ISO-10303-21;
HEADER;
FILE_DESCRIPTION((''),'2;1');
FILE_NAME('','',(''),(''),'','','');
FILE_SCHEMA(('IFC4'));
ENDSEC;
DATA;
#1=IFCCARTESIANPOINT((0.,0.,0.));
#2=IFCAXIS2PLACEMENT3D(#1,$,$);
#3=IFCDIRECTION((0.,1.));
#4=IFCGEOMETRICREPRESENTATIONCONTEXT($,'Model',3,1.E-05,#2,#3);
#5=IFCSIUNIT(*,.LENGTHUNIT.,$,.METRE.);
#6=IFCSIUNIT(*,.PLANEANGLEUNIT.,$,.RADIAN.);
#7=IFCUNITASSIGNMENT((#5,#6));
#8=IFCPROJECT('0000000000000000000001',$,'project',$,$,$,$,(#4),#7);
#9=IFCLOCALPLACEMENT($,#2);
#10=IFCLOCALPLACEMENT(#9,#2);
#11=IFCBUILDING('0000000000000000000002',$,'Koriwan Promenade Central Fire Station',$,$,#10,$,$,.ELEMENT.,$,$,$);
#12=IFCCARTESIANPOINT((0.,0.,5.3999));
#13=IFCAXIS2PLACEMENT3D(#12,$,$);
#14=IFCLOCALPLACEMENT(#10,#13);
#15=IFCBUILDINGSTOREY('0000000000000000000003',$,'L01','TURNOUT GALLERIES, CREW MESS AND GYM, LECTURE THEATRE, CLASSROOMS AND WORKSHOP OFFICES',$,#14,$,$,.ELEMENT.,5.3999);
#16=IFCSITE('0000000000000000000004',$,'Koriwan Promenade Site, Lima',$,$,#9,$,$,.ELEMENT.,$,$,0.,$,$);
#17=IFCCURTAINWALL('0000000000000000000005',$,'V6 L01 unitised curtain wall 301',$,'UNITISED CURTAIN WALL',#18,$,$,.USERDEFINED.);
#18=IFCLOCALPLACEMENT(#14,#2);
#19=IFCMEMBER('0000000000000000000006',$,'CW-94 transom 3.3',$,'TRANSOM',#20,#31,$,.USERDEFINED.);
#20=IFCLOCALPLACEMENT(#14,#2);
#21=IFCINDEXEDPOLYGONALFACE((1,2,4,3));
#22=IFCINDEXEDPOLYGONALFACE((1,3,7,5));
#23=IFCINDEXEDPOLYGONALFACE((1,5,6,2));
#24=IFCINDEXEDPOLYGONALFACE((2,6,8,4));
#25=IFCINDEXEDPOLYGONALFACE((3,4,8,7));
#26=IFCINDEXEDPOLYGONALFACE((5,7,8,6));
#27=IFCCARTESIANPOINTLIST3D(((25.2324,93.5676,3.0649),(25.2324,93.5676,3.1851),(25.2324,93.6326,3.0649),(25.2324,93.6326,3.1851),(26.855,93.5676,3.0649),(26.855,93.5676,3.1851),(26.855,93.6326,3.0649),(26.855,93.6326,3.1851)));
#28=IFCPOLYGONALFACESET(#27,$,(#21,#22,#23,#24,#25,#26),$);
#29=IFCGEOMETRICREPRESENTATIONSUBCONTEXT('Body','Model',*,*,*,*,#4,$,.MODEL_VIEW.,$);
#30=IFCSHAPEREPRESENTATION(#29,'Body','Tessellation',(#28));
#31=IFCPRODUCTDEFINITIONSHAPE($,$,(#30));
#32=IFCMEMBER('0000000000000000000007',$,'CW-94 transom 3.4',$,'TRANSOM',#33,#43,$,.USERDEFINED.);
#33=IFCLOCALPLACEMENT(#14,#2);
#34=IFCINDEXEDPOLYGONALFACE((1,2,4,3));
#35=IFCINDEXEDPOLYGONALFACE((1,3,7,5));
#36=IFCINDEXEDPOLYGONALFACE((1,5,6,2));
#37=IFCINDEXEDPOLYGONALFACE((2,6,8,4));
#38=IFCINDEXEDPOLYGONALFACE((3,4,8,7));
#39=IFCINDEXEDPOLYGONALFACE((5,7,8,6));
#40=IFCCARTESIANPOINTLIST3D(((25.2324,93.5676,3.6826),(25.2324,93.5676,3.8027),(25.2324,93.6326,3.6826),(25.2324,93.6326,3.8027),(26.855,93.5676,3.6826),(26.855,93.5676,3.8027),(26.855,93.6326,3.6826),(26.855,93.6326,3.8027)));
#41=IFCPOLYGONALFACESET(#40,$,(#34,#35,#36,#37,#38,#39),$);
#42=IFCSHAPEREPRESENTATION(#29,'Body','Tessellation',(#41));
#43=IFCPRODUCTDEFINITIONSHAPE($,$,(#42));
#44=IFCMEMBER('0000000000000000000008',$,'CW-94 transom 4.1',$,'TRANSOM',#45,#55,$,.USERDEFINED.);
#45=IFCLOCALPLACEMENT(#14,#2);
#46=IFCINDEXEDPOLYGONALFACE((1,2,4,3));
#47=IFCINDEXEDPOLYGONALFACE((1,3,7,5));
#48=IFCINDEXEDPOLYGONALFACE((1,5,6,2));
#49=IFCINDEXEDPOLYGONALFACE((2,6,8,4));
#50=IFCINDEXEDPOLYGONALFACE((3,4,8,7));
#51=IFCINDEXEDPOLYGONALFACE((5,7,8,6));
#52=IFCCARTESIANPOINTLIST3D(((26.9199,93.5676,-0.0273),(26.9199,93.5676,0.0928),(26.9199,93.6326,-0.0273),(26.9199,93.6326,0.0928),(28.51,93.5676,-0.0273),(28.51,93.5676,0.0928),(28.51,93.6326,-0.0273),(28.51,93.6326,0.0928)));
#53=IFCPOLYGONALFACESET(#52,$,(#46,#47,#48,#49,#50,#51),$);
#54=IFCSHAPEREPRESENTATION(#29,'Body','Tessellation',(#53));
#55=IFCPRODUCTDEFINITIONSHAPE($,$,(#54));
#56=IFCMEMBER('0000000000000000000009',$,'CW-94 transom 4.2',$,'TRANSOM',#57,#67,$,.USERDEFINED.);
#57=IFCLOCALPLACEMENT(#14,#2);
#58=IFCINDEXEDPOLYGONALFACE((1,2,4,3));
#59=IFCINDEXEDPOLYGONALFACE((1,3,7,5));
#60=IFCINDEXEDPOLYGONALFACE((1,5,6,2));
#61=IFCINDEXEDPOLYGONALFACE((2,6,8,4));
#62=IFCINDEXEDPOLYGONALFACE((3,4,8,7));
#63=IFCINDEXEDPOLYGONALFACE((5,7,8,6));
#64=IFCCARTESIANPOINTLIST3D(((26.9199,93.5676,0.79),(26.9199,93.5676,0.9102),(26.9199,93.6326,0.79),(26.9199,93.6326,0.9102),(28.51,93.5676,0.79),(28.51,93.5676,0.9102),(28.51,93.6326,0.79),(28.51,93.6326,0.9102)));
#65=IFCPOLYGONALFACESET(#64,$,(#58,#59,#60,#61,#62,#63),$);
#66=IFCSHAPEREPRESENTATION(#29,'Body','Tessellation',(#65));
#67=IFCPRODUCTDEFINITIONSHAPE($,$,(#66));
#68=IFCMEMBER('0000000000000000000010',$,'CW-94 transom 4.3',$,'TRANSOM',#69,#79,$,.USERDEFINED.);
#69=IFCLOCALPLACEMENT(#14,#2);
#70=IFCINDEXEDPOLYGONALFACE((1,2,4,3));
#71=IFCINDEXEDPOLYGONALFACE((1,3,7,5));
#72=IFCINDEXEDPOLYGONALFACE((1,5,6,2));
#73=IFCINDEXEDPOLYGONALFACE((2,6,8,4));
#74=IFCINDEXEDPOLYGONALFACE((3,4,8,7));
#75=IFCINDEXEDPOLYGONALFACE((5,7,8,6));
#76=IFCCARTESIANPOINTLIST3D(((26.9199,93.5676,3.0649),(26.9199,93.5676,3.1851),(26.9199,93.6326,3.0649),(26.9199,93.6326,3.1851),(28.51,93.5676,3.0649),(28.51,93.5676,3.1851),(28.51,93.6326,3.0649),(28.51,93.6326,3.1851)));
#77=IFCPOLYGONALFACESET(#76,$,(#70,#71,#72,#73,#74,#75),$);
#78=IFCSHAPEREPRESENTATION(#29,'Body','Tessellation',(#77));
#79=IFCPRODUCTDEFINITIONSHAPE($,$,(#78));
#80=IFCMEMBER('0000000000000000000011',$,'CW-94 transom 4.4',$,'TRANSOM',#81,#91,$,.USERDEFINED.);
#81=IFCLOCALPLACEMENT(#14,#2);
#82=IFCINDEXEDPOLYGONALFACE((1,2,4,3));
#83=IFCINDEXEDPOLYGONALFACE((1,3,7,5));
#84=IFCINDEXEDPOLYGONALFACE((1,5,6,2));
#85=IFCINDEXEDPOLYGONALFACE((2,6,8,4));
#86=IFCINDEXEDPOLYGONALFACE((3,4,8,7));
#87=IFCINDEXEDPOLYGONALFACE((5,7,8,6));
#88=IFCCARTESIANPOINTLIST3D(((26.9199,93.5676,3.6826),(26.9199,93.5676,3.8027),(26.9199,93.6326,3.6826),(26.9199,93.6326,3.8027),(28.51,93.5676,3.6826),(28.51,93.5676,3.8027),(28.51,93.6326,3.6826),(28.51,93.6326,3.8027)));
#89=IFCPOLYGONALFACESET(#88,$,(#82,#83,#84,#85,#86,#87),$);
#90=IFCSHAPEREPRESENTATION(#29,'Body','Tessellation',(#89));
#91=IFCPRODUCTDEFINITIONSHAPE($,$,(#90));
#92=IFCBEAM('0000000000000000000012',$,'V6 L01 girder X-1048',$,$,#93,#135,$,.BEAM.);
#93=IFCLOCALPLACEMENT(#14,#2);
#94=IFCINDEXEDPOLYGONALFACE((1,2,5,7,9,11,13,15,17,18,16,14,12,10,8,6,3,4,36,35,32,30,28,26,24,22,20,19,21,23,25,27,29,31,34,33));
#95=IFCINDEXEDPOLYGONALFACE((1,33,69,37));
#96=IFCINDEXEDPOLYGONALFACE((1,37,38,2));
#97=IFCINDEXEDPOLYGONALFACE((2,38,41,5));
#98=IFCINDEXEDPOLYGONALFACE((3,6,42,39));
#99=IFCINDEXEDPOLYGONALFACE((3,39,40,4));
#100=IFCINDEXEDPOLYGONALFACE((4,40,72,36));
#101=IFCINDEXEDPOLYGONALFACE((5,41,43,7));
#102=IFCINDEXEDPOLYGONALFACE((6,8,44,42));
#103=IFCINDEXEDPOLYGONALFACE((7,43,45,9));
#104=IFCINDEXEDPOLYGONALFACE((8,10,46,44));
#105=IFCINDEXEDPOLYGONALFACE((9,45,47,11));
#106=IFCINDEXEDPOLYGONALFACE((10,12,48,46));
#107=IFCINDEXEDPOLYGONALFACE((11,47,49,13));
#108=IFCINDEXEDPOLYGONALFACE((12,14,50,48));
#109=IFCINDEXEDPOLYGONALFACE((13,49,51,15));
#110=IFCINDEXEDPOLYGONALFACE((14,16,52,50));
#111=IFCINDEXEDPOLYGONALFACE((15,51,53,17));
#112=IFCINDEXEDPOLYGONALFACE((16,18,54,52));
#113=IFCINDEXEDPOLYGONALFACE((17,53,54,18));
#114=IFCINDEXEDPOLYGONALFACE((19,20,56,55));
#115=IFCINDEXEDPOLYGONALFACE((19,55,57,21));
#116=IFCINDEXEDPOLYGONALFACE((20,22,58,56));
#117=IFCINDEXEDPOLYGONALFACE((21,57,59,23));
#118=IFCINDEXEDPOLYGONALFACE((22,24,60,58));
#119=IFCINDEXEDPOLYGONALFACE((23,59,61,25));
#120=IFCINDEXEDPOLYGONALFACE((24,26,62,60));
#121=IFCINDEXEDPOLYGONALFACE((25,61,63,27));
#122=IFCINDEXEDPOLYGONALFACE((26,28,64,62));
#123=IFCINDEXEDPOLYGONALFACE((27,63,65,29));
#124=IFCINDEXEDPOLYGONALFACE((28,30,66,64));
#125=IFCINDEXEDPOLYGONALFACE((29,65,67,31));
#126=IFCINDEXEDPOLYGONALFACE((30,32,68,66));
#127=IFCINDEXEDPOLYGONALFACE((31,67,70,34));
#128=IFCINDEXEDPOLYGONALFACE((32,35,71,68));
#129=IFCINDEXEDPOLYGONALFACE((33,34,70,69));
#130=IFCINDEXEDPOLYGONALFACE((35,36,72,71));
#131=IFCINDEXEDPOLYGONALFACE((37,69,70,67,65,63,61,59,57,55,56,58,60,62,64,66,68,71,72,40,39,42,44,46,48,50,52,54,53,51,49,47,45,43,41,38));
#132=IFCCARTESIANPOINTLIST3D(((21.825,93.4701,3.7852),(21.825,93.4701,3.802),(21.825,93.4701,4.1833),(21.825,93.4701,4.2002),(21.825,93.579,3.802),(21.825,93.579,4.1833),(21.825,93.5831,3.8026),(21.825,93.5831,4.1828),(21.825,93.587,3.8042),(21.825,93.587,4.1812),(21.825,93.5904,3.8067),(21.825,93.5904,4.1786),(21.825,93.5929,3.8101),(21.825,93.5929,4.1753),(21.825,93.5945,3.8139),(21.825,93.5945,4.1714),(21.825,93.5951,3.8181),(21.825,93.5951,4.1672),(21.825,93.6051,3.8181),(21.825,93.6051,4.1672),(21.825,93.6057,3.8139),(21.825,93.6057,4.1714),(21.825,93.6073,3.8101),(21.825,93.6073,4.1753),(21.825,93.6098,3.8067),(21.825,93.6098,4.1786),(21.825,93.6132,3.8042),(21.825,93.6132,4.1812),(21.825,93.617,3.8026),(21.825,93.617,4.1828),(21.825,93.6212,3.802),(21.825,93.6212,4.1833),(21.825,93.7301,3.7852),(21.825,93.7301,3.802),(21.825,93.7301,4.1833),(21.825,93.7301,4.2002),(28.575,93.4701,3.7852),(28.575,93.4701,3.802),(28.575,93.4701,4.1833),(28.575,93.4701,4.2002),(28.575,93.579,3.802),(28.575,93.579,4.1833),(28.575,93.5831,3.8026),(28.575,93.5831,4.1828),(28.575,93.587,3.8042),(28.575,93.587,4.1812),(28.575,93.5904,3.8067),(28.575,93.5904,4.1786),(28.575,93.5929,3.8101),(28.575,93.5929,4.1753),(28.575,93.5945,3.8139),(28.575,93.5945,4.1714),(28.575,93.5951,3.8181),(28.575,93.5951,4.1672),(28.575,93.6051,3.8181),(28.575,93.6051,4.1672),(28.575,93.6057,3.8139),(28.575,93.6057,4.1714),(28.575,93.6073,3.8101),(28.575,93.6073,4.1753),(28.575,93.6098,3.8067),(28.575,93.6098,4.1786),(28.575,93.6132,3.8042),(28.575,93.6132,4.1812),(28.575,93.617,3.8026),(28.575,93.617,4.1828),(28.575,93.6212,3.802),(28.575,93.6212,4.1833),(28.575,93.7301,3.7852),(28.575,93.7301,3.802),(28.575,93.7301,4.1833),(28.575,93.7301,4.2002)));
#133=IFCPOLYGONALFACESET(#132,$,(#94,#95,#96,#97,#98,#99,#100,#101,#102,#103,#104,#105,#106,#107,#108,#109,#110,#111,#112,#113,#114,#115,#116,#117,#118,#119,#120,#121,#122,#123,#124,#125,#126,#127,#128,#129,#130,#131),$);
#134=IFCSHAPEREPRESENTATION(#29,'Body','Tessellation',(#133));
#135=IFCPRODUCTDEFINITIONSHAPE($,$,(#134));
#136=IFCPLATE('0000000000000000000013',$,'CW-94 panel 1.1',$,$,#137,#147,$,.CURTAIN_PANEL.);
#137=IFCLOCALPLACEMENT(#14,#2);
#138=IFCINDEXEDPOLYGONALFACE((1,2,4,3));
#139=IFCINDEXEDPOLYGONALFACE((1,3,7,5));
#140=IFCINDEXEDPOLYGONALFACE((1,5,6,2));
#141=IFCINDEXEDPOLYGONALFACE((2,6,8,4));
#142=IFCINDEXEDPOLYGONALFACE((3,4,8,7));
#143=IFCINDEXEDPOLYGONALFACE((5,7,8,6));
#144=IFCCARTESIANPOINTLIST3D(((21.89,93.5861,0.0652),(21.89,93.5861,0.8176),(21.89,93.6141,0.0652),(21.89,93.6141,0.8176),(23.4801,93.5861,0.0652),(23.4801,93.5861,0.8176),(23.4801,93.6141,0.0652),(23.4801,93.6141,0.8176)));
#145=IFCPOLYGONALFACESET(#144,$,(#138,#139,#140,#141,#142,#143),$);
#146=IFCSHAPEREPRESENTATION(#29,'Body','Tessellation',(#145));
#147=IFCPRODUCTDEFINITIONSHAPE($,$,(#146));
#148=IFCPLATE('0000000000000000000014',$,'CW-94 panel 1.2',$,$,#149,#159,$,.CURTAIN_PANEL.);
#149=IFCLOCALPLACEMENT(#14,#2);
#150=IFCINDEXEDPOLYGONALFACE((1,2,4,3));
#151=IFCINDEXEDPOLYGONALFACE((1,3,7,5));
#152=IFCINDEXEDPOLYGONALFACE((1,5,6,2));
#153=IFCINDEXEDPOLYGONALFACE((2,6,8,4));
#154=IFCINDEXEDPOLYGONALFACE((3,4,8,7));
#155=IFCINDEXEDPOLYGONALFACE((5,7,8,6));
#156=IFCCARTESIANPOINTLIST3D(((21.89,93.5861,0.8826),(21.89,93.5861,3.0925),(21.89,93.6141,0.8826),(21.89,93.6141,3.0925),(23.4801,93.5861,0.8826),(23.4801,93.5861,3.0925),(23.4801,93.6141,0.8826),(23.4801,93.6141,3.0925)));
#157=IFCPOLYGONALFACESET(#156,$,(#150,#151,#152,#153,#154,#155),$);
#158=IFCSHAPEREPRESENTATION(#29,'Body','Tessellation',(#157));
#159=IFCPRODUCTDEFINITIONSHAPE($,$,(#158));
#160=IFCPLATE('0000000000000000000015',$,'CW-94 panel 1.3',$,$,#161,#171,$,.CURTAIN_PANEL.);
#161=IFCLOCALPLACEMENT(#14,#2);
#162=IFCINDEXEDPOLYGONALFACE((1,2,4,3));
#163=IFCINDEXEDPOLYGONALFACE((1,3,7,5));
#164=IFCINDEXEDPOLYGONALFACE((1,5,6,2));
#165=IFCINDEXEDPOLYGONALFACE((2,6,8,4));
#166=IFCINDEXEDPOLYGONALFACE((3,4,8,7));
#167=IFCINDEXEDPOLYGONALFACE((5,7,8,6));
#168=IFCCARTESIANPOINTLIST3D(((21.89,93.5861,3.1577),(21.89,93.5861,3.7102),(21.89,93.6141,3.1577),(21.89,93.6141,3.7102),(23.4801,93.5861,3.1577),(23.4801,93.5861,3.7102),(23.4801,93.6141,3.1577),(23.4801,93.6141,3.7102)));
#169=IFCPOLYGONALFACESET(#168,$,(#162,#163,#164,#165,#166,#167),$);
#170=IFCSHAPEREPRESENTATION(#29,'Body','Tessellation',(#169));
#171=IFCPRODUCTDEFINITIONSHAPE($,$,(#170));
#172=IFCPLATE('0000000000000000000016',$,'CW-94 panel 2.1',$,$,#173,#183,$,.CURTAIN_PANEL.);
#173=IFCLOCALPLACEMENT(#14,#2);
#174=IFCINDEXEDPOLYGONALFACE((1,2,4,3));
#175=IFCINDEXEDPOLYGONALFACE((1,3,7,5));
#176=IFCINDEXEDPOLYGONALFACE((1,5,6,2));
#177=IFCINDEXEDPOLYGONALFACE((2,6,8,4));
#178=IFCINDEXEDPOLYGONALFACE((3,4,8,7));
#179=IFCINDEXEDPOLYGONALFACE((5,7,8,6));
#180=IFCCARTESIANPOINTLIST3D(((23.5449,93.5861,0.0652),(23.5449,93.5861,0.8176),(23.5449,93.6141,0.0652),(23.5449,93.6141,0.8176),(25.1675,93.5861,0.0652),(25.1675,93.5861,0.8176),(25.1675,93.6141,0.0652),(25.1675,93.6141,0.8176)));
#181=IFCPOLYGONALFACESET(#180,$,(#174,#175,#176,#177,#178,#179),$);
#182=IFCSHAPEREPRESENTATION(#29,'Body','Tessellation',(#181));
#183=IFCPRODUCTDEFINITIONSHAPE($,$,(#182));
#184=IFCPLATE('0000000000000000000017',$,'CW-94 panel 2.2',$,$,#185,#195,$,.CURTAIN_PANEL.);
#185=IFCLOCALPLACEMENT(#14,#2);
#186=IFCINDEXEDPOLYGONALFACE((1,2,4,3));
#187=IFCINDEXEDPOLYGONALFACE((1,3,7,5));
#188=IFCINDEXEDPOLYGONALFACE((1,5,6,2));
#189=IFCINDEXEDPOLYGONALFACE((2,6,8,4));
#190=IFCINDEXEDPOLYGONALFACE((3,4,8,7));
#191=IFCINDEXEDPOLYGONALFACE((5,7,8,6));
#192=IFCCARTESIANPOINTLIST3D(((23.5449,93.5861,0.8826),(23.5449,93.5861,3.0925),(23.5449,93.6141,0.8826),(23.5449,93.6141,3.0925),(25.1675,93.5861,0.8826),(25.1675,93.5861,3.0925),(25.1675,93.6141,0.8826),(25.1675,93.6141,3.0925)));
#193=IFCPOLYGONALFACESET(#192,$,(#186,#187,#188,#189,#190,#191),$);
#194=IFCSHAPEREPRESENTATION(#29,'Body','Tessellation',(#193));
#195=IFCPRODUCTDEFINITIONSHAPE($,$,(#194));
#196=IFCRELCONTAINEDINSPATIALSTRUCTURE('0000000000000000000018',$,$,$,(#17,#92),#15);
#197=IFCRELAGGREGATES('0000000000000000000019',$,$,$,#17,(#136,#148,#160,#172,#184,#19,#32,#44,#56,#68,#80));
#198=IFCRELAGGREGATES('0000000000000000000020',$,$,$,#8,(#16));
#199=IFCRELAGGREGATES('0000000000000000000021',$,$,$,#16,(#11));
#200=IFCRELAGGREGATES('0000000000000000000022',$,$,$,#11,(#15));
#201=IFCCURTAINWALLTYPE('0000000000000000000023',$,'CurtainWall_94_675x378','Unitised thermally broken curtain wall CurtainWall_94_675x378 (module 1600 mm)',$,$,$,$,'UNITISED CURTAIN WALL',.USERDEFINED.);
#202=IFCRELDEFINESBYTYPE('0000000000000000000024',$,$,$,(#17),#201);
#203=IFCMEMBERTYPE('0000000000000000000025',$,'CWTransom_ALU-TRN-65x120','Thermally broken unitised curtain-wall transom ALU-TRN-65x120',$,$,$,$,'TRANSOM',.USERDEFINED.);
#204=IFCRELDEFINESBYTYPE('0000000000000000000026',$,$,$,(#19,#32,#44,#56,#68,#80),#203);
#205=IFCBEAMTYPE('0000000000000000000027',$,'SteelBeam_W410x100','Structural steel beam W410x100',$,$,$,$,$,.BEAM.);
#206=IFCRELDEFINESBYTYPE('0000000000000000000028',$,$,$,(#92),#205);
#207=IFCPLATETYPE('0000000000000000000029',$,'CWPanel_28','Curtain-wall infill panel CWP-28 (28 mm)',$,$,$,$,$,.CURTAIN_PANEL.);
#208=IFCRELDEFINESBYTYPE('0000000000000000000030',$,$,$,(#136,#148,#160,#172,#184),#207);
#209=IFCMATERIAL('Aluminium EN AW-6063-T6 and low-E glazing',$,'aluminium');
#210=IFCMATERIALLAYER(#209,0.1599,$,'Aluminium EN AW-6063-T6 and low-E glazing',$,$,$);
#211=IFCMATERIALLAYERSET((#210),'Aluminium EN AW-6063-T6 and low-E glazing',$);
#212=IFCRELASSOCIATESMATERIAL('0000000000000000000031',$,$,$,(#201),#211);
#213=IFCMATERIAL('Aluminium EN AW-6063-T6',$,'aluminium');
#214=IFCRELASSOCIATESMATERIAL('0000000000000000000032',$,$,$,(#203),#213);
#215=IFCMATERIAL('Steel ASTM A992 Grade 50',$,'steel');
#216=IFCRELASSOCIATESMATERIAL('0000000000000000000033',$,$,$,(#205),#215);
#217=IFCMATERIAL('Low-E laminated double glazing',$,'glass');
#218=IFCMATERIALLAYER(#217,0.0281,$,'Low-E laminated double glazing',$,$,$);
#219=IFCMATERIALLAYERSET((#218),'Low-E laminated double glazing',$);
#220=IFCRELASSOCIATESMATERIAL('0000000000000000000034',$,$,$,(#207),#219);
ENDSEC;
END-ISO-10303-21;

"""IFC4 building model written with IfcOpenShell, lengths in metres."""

from ifc_helpers import new_model, si_unit, direction, frame, origin, origin_2d, place, context, subcontext, project, spatial, rectangle, i_section, extrude, material, layer, layer_set, material_profile, profile_set, type_object, element, aggregate, save


model = new_model("IFC4")

# Units and contexts
model_context = context("Model", 3, precision=1e-05, world=origin(), true_north=direction((0.0, 1.0)))
body_context = subcontext(model_context, "Body", "Model", "MODEL_VIEW")
ifc_project = project(units=[si_unit("LENGTHUNIT", "METRE"), si_unit("PLANEANGLEUNIT", "RADIAN")], contexts=[model_context])

# Site, building, storey
site_placement = place(None, origin())
site = spatial("IfcSite", under=ifc_project, at=site_placement, Name="Koriwan Promenade Site, Lima", CompositionType="ELEMENT", RefElevation=0.0)
building_placement = place(site_placement, origin())
building = spatial("IfcBuilding", under=site, at=building_placement, Name="Koriwan Promenade Central Fire Station", CompositionType="ELEMENT")
storey_placement = place(building_placement, frame((0.0, 0.0, 5.3999)))
storey = spatial("IfcBuildingStorey", under=building, at=storey_placement, Name="L01", Description="TURNOUT GALLERIES, CREW MESS AND GYM, LECTURE THEATRE, CLASSROOMS AND WORKSHOP OFFICES", CompositionType="ELEMENT", Elevation=5.3999)

# Curtain wall, members
ifc_material_1 = material(Name="Aluminium EN AW-6063-T6 and low-E glazing", Category="aluminium")
ifc_layer_1 = layer(ifc_material_1, 0.1599, Name="Aluminium EN AW-6063-T6 and low-E glazing")
ifc_layer_set_1 = layer_set([ifc_layer_1], Name="Aluminium EN AW-6063-T6 and low-E glazing")
curtain_wall_type = type_object("IfcCurtainWallType", Name="CurtainWall_94_675x378", Description="Unitised thermally broken curtain wall CurtainWall_94_675x378 (module 1600 mm)", ElementType="UNITISED CURTAIN WALL", PredefinedType="USERDEFINED", material=ifc_layer_set_1)
curtain_wall_placement = place(storey_placement, origin())
curtain_wall = element("IfcCurtainWall", 1, at=curtain_wall_placement, inside=storey, type_object=curtain_wall_type, Name="V6 L01 unitised curtain wall 301", ObjectType="UNITISED CURTAIN WALL", PredefinedType="USERDEFINED")
ifc_material_2 = material(Name="Aluminium EN AW-6063-T6", Category="aluminium")
ifc_material_profile_1 = material_profile(ifc_material_2, rectangle(XDim=0.0649, YDim=0.1201, at=origin_2d()), Name="ALU-TRN-65x120")
ifc_profile_set_1 = profile_set([ifc_material_profile_1], Name="Aluminium EN AW-6063-T6")
member_type_1 = type_object("IfcMemberType", Name="CWTransom_ALU-TRN-65x120", Description="Thermally broken unitised curtain-wall transom ALU-TRN-65x120", ElementType="TRANSOM", PredefinedType="USERDEFINED", material=ifc_profile_set_1)
member_1_placement = place(storey_placement, frame((25.2324, 93.6001, 3.125), z_axis=(1.0, 0.0, 0.0), x_axis=(0.0, 1.0, 0.0)))
member_1 = element("IfcMember", 2, at=member_1_placement, type_object=member_type_1, Name="CW-94 transom 3.3", ObjectType="TRANSOM", PredefinedType="USERDEFINED", context=body_context, shape_type="SweptSolid", body=[
    extrude(rectangle(XDim=0.0649, YDim=0.1201, at=origin_2d()), origin(), (0.0, 0.0, 1.0), 1.6226),
])
member_2_placement = place(storey_placement, frame((25.2324, 93.6001, 3.7427), z_axis=(1.0, 0.0, 0.0), x_axis=(0.0, 1.0, 0.0)))
member_2 = element("IfcMember", 3, at=member_2_placement, type_object=member_type_1, Name="CW-94 transom 3.4", ObjectType="TRANSOM", PredefinedType="USERDEFINED", context=body_context, shape_type="SweptSolid", body=[
    extrude(rectangle(XDim=0.0649, YDim=0.1201, at=origin_2d()), origin(), (0.0, 0.0, 1.0), 1.6226),
])
member_3_placement = place(storey_placement, frame((26.9199, 93.6001, 0.0327), z_axis=(1.0, 0.0, 0.0), x_axis=(0.0, 1.0, 0.0)))
member_3 = element("IfcMember", 4, at=member_3_placement, type_object=member_type_1, Name="CW-94 transom 4.1", ObjectType="TRANSOM", PredefinedType="USERDEFINED", context=body_context, shape_type="SweptSolid", body=[
    extrude(rectangle(XDim=0.0649, YDim=0.1201, at=origin_2d()), origin(), (0.0, 0.0, 1.0), 1.5901),
])
member_4_placement = place(storey_placement, frame((26.9199, 93.6001, 0.8501), z_axis=(1.0, 0.0, 0.0), x_axis=(0.0, 1.0, 0.0)))
member_4 = element("IfcMember", 5, at=member_4_placement, type_object=member_type_1, Name="CW-94 transom 4.2", ObjectType="TRANSOM", PredefinedType="USERDEFINED", context=body_context, shape_type="SweptSolid", body=[
    extrude(rectangle(XDim=0.0649, YDim=0.1201, at=origin_2d()), origin(), (0.0, 0.0, 1.0), 1.5901),
])
member_5_placement = place(storey_placement, frame((26.9199, 93.6001, 3.125), z_axis=(1.0, 0.0, 0.0), x_axis=(0.0, 1.0, 0.0)))
member_5 = element("IfcMember", 6, at=member_5_placement, type_object=member_type_1, Name="CW-94 transom 4.3", ObjectType="TRANSOM", PredefinedType="USERDEFINED", context=body_context, shape_type="SweptSolid", body=[
    extrude(rectangle(XDim=0.0649, YDim=0.1201, at=origin_2d()), origin(), (0.0, 0.0, 1.0), 1.5901),
])
member_6_placement = place(storey_placement, frame((26.9199, 93.6001, 3.7427), z_axis=(1.0, 0.0, 0.0), x_axis=(0.0, 1.0, 0.0)))
member_6 = element("IfcMember", 7, at=member_6_placement, type_object=member_type_1, Name="CW-94 transom 4.4", ObjectType="TRANSOM", PredefinedType="USERDEFINED", context=body_context, shape_type="SweptSolid", body=[
    extrude(rectangle(XDim=0.0649, YDim=0.1201, at=origin_2d()), origin(), (0.0, 0.0, 1.0), 1.5901),
])

# Beam
ifc_material_3 = material(Name="Steel ASTM A992 Grade 50", Category="steel")
ifc_material_profile_2 = material_profile(ifc_material_3, i_section(OverallWidth=0.26, OverallDepth=0.415, WebThickness=0.01, FlangeThickness=0.0168, FilletRadius=0.0161, at=origin_2d()), Name="W410x100")
ifc_profile_set_2 = profile_set([ifc_material_profile_2], Name="Steel ASTM A992 Grade 50")
beam_type = type_object("IfcBeamType", Name="SteelBeam_W410x100", Description="Structural steel beam W410x100", PredefinedType="BEAM", material=ifc_profile_set_2)
beam_placement = place(storey_placement, frame((21.825, 93.6001, 3.9927), z_axis=(1.0, 0.0, 0.0), x_axis=(0.0, 1.0, 0.0)))
element("IfcBeam", 8, at=beam_placement, inside=storey, type_object=beam_type, Name="V6 L01 girder X-1048", PredefinedType="BEAM", context=body_context, shape_type="SweptSolid", body=[
    extrude(i_section(OverallWidth=0.26, OverallDepth=0.415, WebThickness=0.01, FlangeThickness=0.0168, FilletRadius=0.0161, at=origin_2d()), origin(), (0.0, 0.0, 1.0), 6.75),
])

# Plates
ifc_material_4 = material(Name="Low-E laminated double glazing", Category="glass")
ifc_layer_2 = layer(ifc_material_4, 0.0281, Name="Low-E laminated double glazing")
ifc_layer_set_2 = layer_set([ifc_layer_2], Name="Low-E laminated double glazing")
plate_type = type_object("IfcPlateType", Name="CWPanel_28", Description="Curtain-wall infill panel CWP-28 (28 mm)", PredefinedType="CURTAIN_PANEL", material=ifc_layer_set_2)
plate_1_placement = place(storey_placement, frame((22.6851, 93.6001, 0.0652), z_axis=(0.0, 0.0, 1.0), x_axis=(1.0, 0.0, 0.0)))
plate_1 = element("IfcPlate", 9, at=plate_1_placement, type_object=plate_type, Name="CW-94 panel 1.1", PredefinedType="CURTAIN_PANEL", context=body_context, shape_type="SweptSolid", body=[
    extrude(rectangle(XDim=1.5901, YDim=0.0281, at=origin_2d()), origin(), (0.0, 0.0, 1.0), 0.7524),
])
plate_2_placement = place(storey_placement, frame((22.6851, 93.6001, 0.8826), z_axis=(0.0, 0.0, 1.0), x_axis=(1.0, 0.0, 0.0)))
plate_2 = element("IfcPlate", 10, at=plate_2_placement, type_object=plate_type, Name="CW-94 panel 1.2", PredefinedType="CURTAIN_PANEL", context=body_context, shape_type="SweptSolid", body=[
    extrude(rectangle(XDim=1.5901, YDim=0.0281, at=origin_2d()), origin(), (0.0, 0.0, 1.0), 2.21),
])
plate_3_placement = place(storey_placement, frame((22.6851, 93.6001, 3.1577), z_axis=(0.0, 0.0, 1.0), x_axis=(1.0, 0.0, 0.0)))
plate_3 = element("IfcPlate", 11, at=plate_3_placement, type_object=plate_type, Name="CW-94 panel 1.3", PredefinedType="CURTAIN_PANEL", context=body_context, shape_type="SweptSolid", body=[
    extrude(rectangle(XDim=1.5901, YDim=0.0281, at=origin_2d()), origin(), (0.0, 0.0, 1.0), 0.5525),
])
plate_4_placement = place(storey_placement, frame((24.3562, 93.6001, 0.0652), z_axis=(0.0, 0.0, 1.0), x_axis=(1.0, 0.0, 0.0)))
plate_4 = element("IfcPlate", 12, at=plate_4_placement, type_object=plate_type, Name="CW-94 panel 2.1", PredefinedType="CURTAIN_PANEL", context=body_context, shape_type="SweptSolid", body=[
    extrude(rectangle(XDim=1.6226, YDim=0.0281, at=origin_2d()), origin(), (0.0, 0.0, 1.0), 0.7524),
])
plate_5_placement = place(storey_placement, frame((24.3562, 93.6001, 0.8826), z_axis=(0.0, 0.0, 1.0), x_axis=(1.0, 0.0, 0.0)))
plate_5 = element("IfcPlate", 13, at=plate_5_placement, type_object=plate_type, Name="CW-94 panel 2.2", PredefinedType="CURTAIN_PANEL", context=body_context, shape_type="SweptSolid", body=[
    extrude(rectangle(XDim=1.6226, YDim=0.0281, at=origin_2d()), origin(), (0.0, 0.0, 1.0), 2.21),
])
aggregate(curtain_wall, [plate_1, plate_2, plate_3, plate_4, plate_5, member_1, member_2, member_3, member_4, member_5, member_6])

save(model, "model.ifc")
